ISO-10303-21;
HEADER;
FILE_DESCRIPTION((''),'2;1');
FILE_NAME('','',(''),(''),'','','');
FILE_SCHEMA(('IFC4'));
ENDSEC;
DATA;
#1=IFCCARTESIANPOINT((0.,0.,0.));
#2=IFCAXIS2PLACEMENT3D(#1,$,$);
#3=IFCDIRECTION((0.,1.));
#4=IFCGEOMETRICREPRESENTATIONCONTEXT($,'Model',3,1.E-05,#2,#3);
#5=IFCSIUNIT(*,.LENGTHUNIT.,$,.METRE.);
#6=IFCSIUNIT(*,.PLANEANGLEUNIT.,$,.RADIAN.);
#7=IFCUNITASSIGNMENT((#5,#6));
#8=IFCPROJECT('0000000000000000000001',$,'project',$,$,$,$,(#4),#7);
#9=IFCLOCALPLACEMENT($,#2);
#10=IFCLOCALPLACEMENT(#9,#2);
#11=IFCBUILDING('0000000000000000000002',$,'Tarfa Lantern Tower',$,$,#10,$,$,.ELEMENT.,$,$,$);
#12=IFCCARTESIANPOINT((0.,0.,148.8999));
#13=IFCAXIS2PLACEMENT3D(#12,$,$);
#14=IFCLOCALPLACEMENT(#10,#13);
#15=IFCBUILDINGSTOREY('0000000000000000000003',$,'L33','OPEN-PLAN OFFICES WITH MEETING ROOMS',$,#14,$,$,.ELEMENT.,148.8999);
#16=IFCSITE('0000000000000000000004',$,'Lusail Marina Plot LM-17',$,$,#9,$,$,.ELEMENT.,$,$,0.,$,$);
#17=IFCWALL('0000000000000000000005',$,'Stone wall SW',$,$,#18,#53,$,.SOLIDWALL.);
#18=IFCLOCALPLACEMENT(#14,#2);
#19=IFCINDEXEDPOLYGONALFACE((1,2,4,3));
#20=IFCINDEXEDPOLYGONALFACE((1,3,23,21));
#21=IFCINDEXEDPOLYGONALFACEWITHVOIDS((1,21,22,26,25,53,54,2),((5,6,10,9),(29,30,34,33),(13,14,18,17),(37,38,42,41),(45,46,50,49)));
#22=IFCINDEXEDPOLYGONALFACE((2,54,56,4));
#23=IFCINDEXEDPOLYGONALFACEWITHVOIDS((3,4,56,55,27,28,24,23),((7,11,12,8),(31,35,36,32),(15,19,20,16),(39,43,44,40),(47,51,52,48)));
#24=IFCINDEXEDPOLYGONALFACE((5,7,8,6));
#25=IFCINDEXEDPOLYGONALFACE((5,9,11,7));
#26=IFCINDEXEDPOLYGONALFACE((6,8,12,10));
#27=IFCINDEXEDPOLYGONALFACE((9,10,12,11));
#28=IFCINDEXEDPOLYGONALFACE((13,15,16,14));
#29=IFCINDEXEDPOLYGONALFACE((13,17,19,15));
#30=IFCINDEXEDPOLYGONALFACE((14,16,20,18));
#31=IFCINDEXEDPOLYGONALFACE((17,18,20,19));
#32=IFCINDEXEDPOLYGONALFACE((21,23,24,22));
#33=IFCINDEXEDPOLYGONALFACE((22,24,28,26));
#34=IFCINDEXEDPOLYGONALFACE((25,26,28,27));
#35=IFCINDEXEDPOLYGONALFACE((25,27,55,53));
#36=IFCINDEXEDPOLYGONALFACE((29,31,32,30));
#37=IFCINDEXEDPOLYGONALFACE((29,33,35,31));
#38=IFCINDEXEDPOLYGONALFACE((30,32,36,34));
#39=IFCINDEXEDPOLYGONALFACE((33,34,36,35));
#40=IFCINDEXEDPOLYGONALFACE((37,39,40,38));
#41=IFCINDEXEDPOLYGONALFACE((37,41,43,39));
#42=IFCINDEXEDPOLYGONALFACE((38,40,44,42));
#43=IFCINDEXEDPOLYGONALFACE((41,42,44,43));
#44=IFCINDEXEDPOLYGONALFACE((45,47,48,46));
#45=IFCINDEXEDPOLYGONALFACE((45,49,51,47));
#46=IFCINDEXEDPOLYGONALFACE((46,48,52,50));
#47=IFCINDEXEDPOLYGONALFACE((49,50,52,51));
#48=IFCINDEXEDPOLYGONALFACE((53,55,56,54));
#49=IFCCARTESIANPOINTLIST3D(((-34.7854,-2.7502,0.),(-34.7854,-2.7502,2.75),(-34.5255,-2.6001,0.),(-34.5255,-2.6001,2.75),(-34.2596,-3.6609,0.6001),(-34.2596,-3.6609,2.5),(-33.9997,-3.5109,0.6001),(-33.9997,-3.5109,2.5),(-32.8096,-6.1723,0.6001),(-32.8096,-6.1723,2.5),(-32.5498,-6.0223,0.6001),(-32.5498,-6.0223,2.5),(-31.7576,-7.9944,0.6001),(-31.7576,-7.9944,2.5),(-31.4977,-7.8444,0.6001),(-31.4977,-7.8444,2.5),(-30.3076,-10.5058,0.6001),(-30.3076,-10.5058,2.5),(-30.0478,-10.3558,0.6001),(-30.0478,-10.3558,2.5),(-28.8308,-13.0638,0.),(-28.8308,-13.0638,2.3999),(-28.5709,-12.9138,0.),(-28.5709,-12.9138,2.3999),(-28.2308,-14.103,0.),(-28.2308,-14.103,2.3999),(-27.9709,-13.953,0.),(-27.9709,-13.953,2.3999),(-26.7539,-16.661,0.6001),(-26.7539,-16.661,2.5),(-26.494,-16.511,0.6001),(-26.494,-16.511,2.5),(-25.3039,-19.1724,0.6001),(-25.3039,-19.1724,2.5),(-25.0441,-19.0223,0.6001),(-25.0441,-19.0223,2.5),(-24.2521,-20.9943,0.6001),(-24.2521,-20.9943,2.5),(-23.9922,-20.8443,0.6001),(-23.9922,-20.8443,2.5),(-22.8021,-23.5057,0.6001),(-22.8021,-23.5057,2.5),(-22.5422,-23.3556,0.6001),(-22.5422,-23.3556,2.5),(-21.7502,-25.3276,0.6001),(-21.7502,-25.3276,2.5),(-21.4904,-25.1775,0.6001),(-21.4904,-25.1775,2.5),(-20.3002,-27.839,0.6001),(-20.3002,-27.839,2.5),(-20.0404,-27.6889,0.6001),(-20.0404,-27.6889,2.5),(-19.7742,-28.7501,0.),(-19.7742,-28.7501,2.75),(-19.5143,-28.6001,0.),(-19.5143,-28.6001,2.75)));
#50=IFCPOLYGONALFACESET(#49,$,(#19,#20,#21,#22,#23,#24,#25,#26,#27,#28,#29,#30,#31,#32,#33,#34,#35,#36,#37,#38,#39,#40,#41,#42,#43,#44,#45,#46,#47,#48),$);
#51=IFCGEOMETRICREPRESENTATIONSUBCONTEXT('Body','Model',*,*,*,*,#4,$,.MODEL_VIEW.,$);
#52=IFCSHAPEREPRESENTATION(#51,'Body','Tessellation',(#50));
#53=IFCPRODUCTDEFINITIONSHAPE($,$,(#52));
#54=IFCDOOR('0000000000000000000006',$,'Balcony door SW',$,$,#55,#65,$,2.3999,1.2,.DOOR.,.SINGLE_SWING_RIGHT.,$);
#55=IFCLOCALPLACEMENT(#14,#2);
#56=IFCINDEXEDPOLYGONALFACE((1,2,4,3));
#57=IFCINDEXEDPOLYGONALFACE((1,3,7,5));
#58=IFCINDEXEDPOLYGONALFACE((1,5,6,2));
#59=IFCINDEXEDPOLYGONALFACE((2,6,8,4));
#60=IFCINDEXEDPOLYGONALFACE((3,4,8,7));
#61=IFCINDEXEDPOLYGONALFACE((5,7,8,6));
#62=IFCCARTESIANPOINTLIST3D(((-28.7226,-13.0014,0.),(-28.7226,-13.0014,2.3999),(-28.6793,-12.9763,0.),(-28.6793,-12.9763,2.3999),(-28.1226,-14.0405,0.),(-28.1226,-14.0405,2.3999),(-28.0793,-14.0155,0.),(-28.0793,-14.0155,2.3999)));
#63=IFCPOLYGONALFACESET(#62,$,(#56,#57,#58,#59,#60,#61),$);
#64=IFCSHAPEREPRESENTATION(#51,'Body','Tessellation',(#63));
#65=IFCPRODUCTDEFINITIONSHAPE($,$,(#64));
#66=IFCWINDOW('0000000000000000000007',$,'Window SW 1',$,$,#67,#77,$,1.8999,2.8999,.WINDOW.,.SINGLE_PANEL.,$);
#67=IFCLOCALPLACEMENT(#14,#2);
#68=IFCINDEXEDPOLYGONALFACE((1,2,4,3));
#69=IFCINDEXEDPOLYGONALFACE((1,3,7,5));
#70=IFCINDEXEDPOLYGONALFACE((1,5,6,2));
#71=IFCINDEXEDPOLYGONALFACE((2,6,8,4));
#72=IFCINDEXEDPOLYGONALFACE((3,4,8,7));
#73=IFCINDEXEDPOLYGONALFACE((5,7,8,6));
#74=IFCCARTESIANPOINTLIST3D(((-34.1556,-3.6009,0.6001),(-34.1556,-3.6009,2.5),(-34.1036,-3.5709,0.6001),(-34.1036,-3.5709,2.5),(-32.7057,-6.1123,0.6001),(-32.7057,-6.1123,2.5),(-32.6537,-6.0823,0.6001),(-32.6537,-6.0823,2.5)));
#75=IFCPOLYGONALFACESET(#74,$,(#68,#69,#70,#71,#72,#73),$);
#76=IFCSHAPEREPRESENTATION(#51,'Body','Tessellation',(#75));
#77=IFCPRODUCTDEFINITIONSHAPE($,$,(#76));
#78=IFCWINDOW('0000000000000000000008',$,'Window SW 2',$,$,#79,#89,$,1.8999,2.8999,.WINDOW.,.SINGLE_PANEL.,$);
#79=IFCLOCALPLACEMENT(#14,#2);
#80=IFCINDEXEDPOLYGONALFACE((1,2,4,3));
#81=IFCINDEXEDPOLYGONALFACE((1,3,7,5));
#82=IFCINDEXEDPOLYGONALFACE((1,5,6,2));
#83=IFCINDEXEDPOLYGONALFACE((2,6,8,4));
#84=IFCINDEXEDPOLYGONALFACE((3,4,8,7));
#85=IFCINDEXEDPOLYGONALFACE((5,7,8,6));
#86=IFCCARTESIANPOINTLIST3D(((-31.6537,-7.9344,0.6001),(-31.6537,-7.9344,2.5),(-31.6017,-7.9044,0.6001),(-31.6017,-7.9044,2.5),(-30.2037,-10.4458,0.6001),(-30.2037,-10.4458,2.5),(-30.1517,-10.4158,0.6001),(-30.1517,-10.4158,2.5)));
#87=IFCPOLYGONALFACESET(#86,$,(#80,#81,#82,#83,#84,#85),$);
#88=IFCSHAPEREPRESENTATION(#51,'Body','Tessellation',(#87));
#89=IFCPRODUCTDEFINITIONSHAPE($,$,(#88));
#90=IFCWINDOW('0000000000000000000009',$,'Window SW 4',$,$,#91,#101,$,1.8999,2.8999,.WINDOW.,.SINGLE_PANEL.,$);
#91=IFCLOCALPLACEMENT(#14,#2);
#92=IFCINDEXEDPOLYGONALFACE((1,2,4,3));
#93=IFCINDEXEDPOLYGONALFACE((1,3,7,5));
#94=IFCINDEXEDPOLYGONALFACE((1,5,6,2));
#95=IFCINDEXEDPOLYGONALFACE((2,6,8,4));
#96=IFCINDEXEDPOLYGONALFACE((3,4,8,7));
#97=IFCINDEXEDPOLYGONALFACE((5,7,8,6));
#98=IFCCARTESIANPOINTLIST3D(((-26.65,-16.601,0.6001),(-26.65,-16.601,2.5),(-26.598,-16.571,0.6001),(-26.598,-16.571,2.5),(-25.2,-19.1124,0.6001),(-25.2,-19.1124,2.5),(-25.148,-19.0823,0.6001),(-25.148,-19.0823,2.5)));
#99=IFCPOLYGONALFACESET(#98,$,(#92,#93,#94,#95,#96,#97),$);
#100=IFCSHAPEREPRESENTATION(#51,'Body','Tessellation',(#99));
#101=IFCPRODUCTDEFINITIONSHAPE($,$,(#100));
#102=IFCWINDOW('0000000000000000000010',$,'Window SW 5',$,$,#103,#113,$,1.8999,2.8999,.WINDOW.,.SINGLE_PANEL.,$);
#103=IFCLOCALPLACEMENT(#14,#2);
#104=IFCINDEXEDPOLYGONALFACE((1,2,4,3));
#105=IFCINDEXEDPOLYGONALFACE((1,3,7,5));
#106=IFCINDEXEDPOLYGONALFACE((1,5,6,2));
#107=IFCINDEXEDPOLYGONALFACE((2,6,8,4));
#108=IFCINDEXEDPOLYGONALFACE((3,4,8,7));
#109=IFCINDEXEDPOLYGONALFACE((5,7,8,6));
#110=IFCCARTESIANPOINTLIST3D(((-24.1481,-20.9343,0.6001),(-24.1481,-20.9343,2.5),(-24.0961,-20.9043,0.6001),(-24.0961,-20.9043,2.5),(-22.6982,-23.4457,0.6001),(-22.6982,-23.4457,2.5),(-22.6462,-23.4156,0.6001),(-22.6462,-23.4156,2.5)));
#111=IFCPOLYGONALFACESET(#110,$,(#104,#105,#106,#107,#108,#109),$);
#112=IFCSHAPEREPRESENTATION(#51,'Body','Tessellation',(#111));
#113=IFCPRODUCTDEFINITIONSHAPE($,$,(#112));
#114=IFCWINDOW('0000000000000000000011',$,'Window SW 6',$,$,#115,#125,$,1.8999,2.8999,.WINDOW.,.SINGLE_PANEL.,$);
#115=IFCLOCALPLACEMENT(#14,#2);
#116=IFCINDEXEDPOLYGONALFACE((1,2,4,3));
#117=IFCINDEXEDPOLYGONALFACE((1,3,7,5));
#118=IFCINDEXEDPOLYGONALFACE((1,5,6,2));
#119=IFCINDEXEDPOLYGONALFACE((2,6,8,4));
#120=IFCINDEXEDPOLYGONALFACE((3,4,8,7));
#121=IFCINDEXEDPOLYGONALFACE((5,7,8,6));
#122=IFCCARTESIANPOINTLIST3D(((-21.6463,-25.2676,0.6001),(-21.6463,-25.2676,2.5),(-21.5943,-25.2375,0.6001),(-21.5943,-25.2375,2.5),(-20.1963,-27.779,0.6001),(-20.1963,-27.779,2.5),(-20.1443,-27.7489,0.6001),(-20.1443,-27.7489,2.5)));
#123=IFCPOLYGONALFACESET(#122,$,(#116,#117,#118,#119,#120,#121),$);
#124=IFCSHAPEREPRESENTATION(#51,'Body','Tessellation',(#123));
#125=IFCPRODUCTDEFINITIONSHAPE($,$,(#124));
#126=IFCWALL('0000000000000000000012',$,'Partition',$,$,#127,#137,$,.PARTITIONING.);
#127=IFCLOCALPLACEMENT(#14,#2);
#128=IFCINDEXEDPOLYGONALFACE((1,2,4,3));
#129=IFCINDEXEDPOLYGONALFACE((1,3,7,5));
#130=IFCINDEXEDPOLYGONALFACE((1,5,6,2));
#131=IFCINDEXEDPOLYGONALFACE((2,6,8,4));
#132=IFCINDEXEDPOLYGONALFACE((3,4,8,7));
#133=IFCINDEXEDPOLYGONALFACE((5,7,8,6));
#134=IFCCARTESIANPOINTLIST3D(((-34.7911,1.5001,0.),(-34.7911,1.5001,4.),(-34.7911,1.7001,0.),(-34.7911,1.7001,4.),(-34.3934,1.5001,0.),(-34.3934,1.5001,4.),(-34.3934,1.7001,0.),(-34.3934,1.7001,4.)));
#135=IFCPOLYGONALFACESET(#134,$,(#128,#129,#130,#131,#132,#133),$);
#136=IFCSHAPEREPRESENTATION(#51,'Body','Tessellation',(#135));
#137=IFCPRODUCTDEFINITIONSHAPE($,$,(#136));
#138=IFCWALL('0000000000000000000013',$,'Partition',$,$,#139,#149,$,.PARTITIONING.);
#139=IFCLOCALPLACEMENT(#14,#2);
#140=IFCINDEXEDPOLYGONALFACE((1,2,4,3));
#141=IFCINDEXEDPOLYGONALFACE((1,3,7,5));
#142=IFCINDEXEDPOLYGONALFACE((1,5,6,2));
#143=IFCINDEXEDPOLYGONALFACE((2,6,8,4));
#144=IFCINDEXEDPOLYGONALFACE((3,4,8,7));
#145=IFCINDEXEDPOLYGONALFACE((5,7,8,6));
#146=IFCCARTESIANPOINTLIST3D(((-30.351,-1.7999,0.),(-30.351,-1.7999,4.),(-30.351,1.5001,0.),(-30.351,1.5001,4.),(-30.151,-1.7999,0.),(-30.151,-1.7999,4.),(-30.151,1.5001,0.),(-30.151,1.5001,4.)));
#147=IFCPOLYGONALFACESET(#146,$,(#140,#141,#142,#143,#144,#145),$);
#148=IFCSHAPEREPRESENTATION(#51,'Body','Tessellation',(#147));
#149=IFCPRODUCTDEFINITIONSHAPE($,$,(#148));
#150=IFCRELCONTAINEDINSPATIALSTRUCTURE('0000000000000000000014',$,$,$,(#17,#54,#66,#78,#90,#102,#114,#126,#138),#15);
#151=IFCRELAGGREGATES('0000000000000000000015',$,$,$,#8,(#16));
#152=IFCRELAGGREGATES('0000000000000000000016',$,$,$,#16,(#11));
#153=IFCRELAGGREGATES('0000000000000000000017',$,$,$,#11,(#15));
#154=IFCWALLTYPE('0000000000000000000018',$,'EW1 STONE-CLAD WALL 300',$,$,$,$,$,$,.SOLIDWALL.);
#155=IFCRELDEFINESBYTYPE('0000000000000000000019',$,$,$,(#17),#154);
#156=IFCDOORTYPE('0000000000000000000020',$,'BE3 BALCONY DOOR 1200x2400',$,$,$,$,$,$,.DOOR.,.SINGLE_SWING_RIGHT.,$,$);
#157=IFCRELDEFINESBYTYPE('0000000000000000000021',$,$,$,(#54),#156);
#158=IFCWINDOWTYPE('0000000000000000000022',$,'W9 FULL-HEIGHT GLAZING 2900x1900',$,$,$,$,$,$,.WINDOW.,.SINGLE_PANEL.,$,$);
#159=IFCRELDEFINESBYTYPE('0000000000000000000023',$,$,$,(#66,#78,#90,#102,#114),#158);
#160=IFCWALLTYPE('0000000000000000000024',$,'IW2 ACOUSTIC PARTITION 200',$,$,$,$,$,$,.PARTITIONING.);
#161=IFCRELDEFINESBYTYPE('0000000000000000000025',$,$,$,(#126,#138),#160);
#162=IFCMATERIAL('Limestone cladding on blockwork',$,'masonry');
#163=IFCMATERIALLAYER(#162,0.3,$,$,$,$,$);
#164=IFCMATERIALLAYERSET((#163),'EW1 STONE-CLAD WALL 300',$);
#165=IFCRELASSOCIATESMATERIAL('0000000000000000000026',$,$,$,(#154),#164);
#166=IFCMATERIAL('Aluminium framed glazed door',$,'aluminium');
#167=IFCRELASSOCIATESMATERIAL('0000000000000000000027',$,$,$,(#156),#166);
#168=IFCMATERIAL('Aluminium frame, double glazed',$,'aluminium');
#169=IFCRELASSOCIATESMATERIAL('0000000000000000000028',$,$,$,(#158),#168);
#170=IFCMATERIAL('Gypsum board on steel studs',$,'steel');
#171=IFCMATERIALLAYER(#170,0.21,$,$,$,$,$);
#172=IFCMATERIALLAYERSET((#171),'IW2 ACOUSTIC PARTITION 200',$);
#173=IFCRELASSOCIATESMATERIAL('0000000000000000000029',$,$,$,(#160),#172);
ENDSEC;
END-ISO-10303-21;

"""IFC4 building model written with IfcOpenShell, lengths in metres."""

from ifc_helpers import new_model, si_unit, direction, frame, frame_2d, origin, place, context, subcontext, project, spatial, rectangle, extrude, material, layer, layer_set, type_object, element, fill, save


model = new_model("IFC4")

# Units and contexts
model_context = context("Model", 3, precision=1e-05, world=origin(), true_north=direction((0.0, 1.0)))
body_context = subcontext(model_context, "Body", "Model", "MODEL_VIEW")
ifc_project = project(units=[si_unit("LENGTHUNIT", "METRE"), si_unit("PLANEANGLEUNIT", "RADIAN")], contexts=[model_context])

# Site, building, storey
site_placement = place(None, origin())
site = spatial("IfcSite", under=ifc_project, at=site_placement, Name="Lusail Marina Plot LM-17", CompositionType="ELEMENT", RefElevation=0.0)
building_placement = place(site_placement, origin())
building = spatial("IfcBuilding", under=site, at=building_placement, Name="Tarfa Lantern Tower", CompositionType="ELEMENT")
storey_placement = place(building_placement, frame((0.0, 0.0, 148.8999)))
storey = spatial("IfcBuildingStorey", under=building, at=storey_placement, Name="L33", Description="OPEN-PLAN OFFICES WITH MEETING ROOMS", CompositionType="ELEMENT", Elevation=148.8999)

# Wall, openings, door, windows
ifc_material_1 = material(Name="Limestone cladding on blockwork", Category="masonry")
ifc_layer_1 = layer(ifc_material_1, 0.3)
ifc_layer_set_1 = layer_set([ifc_layer_1], Name="EW1 STONE-CLAD WALL 300")
wall_type_1 = type_object("IfcWallType", Name="EW1 STONE-CLAD WALL 300", PredefinedType="SOLIDWALL", material=ifc_layer_set_1)
wall_1_placement = place(storey_placement, frame((-34.6555, -2.675, 0.0), z_axis=(0.0, 0.0, 1.0), x_axis=(0.500003, -0.866024, 0.0)))
wall_1 = element("IfcWall", 1, at=wall_1_placement, inside=storey, type_object=wall_type_1, Name="Stone wall SW", PredefinedType="SOLIDWALL", context=body_context, shape_type="SweptSolid", body=[
    extrude(rectangle(XDim=30.0222, YDim=0.3, at=frame_2d((15.0112, 0.0))), origin(), (0.0, 0.0, 1.0), 2.75),
])
opening_1_placement = place(wall_1_placement, frame((1.0518, 0.0, 0.6001)))
opening_1 = element("IfcOpeningElement", 2, at=opening_1_placement, cuts=wall_1, PredefinedType="OPENING", context=body_context, shape_type="SweptSolid", body=[
    extrude(rectangle(XDim=2.8999, YDim=1.8999, at=frame_2d((1.45, 0.95))), frame((0.0, 0.1599, 0.0), z_axis=(0.0, -1.0, 0.0), x_axis=(1.0, 0.0, 0.0)), (0.0, 0.0, 1.0), 0.3201),
])
opening_2_placement = place(wall_1_placement, frame((6.0557, 0.0, 0.6001)))
opening_2 = element("IfcOpeningElement", 3, at=opening_2_placement, cuts=wall_1, PredefinedType="OPENING", context=body_context, shape_type="SweptSolid", body=[
    extrude(rectangle(XDim=2.8999, YDim=1.8999, at=frame_2d((1.45, 0.95))), frame((0.0, 0.1599, 0.0), z_axis=(0.0, -1.0, 0.0), x_axis=(1.0, 0.0, 0.0)), (0.0, 0.0, 1.0), 0.3201),
])
opening_3_placement = place(wall_1_placement, frame((11.9092, 0.0, 0.0)))
opening_3 = element("IfcOpeningElement", 4, at=opening_3_placement, cuts=wall_1, PredefinedType="OPENING", context=body_context, shape_type="SweptSolid", body=[
    extrude(rectangle(XDim=1.2, YDim=2.3999, at=frame_2d((0.6001, 1.2))), frame((0.0, 0.1599, 0.0), z_axis=(0.0, -1.0, 0.0), x_axis=(1.0, 0.0, 0.0)), (0.0, 0.0, 1.0), 0.3201),
])
opening_4_placement = place(wall_1_placement, frame((16.063, 0.0, 0.6001)))
opening_4 = element("IfcOpeningElement", 5, at=opening_4_placement, cuts=wall_1, PredefinedType="OPENING", context=body_context, shape_type="SweptSolid", body=[
    extrude(rectangle(XDim=2.8999, YDim=1.8999, at=frame_2d((1.45, 0.95))), frame((0.0, 0.1599, 0.0), z_axis=(0.0, -1.0, 0.0), x_axis=(1.0, 0.0, 0.0)), (0.0, 0.0, 1.0), 0.3201),
])
opening_5_placement = place(wall_1_placement, frame((21.0667, 0.0, 0.6001)))
opening_5 = element("IfcOpeningElement", 6, at=opening_5_placement, cuts=wall_1, PredefinedType="OPENING", context=body_context, shape_type="SweptSolid", body=[
    extrude(rectangle(XDim=2.8999, YDim=1.8999, at=frame_2d((1.45, 0.95))), frame((0.0, 0.1599, 0.0), z_axis=(0.0, -1.0, 0.0), x_axis=(1.0, 0.0, 0.0)), (0.0, 0.0, 1.0), 0.3201),
])
opening_6_placement = place(wall_1_placement, frame((26.0703, 0.0, 0.6001)))
opening_6 = element("IfcOpeningElement", 7, at=opening_6_placement, cuts=wall_1, PredefinedType="OPENING", context=body_context, shape_type="SweptSolid", body=[
    extrude(rectangle(XDim=2.8999, YDim=1.8999, at=frame_2d((1.45, 0.95))), frame((0.0, 0.1599, 0.0), z_axis=(0.0, -1.0, 0.0), x_axis=(1.0, 0.0, 0.0)), (0.0, 0.0, 1.0), 0.3201),
])
ifc_material_2 = material(Name="Aluminium framed glazed door", Category="aluminium")
door_type = type_object("IfcDoorType", Name="BE3 BALCONY DOOR 1200x2400", OperationType="SINGLE_SWING_RIGHT", PredefinedType="DOOR", material=ifc_material_2)
door_placement = place(opening_3_placement, origin())
door = element("IfcDoor", 8, at=door_placement, inside=storey, type_object=door_type, Name="Balcony door SW", OperationType="SINGLE_SWING_RIGHT", OverallHeight=2.3999, OverallWidth=1.2, PredefinedType="DOOR", context=body_context, shape_type="SweptSolid", body=[
    extrude(rectangle(XDim=1.2, YDim=2.3999, at=frame_2d((0.6001, 1.2))), frame((0.0, 0.0249, 0.0), z_axis=(0.0, -1.0, 0.0), x_axis=(1.0, 0.0, 0.0)), (0.0, 0.0, 1.0), 0.05),
])
fill(opening_3, door)
ifc_material_3 = material(Name="Aluminium frame, double glazed", Category="aluminium")
window_type = type_object("IfcWindowType", Name="W9 FULL-HEIGHT GLAZING 2900x1900", PartitioningType="SINGLE_PANEL", PredefinedType="WINDOW", material=ifc_material_3)
window_1_placement = place(opening_1_placement, origin())
window_1 = element("IfcWindow", 9, at=window_1_placement, inside=storey, type_object=window_type, Name="Window SW 1", OverallHeight=1.8999, OverallWidth=2.8999, PartitioningType="SINGLE_PANEL", PredefinedType="WINDOW", context=body_context, shape_type="SweptSolid", body=[
    extrude(rectangle(XDim=2.8999, YDim=1.8999, at=frame_2d((1.45, 0.95))), frame((0.0, 0.03, 0.0), z_axis=(0.0, -1.0, 0.0), x_axis=(1.0, 0.0, 0.0)), (0.0, 0.0, 1.0), 0.0601),
])
fill(opening_1, window_1)
window_2_placement = place(opening_2_placement, origin())
window_2 = element("IfcWindow", 10, at=window_2_placement, inside=storey, type_object=window_type, Name="Window SW 2", OverallHeight=1.8999, OverallWidth=2.8999, PartitioningType="SINGLE_PANEL", PredefinedType="WINDOW", context=body_context, shape_type="SweptSolid", body=[
    extrude(rectangle(XDim=2.8999, YDim=1.8999, at=frame_2d((1.45, 0.95))), frame((0.0, 0.03, 0.0), z_axis=(0.0, -1.0, 0.0), x_axis=(1.0, 0.0, 0.0)), (0.0, 0.0, 1.0), 0.0601),
])
fill(opening_2, window_2)
window_3_placement = place(opening_4_placement, origin())
window_3 = element("IfcWindow", 11, at=window_3_placement, inside=storey, type_object=window_type, Name="Window SW 4", OverallHeight=1.8999, OverallWidth=2.8999, PartitioningType="SINGLE_PANEL", PredefinedType="WINDOW", context=body_context, shape_type="SweptSolid", body=[
    extrude(rectangle(XDim=2.8999, YDim=1.8999, at=frame_2d((1.45, 0.95))), frame((0.0, 0.03, 0.0), z_axis=(0.0, -1.0, 0.0), x_axis=(1.0, 0.0, 0.0)), (0.0, 0.0, 1.0), 0.0601),
])
fill(opening_4, window_3)
window_4_placement = place(opening_5_placement, origin())
window_4 = element("IfcWindow", 12, at=window_4_placement, inside=storey, type_object=window_type, Name="Window SW 5", OverallHeight=1.8999, OverallWidth=2.8999, PartitioningType="SINGLE_PANEL", PredefinedType="WINDOW", context=body_context, shape_type="SweptSolid", body=[
    extrude(rectangle(XDim=2.8999, YDim=1.8999, at=frame_2d((1.45, 0.95))), frame((0.0, 0.03, 0.0), z_axis=(0.0, -1.0, 0.0), x_axis=(1.0, 0.0, 0.0)), (0.0, 0.0, 1.0), 0.0601),
])
fill(opening_5, window_4)
window_5_placement = place(opening_6_placement, origin())
window_5 = element("IfcWindow", 13, at=window_5_placement, inside=storey, type_object=window_type, Name="Window SW 6", OverallHeight=1.8999, OverallWidth=2.8999, PartitioningType="SINGLE_PANEL", PredefinedType="WINDOW", context=body_context, shape_type="SweptSolid", body=[
    extrude(rectangle(XDim=2.8999, YDim=1.8999, at=frame_2d((1.45, 0.95))), frame((0.0, 0.03, 0.0), z_axis=(0.0, -1.0, 0.0), x_axis=(1.0, 0.0, 0.0)), (0.0, 0.0, 1.0), 0.0601),
])
fill(opening_6, window_5)

# Walls
ifc_material_4 = material(Name="Gypsum board on steel studs", Category="steel")
ifc_layer_2 = layer(ifc_material_4, 0.21)
ifc_layer_set_2 = layer_set([ifc_layer_2], Name="IW2 ACOUSTIC PARTITION 200")
wall_type_2 = type_object("IfcWallType", Name="IW2 ACOUSTIC PARTITION 200", PredefinedType="PARTITIONING", material=ifc_layer_set_2)
wall_2_placement = place(storey_placement, frame((-34.3936, 1.6001, 0.0), z_axis=(0.0, 0.0, 1.0), x_axis=(-1.0, 0.0, 0.0)))
element("IfcWall", 14, at=wall_2_placement, inside=storey, type_object=wall_type_2, Name="Partition", PredefinedType="PARTITIONING", context=body_context, shape_type="SweptSolid", body=[
    extrude(rectangle(XDim=0.3977, YDim=0.2, at=frame_2d((0.1987, 0.0))), origin(), (0.0, 0.0, 1.0), 4.0),
])
wall_3_placement = place(storey_placement, frame((-30.251, 1.5, 0.0), z_axis=(0.0, 0.0, 1.0), x_axis=(0.0, -1.0, 0.0)))
element("IfcWall", 15, at=wall_3_placement, inside=storey, type_object=wall_type_2, Name="Partition", PredefinedType="PARTITIONING", context=body_context, shape_type="SweptSolid", body=[
    extrude(rectangle(XDim=3.3, YDim=0.2, at=frame_2d((1.6499, 0.0))), origin(), (0.0, 0.0, 1.0), 4.0),
])

save(model, "model.ifc")
